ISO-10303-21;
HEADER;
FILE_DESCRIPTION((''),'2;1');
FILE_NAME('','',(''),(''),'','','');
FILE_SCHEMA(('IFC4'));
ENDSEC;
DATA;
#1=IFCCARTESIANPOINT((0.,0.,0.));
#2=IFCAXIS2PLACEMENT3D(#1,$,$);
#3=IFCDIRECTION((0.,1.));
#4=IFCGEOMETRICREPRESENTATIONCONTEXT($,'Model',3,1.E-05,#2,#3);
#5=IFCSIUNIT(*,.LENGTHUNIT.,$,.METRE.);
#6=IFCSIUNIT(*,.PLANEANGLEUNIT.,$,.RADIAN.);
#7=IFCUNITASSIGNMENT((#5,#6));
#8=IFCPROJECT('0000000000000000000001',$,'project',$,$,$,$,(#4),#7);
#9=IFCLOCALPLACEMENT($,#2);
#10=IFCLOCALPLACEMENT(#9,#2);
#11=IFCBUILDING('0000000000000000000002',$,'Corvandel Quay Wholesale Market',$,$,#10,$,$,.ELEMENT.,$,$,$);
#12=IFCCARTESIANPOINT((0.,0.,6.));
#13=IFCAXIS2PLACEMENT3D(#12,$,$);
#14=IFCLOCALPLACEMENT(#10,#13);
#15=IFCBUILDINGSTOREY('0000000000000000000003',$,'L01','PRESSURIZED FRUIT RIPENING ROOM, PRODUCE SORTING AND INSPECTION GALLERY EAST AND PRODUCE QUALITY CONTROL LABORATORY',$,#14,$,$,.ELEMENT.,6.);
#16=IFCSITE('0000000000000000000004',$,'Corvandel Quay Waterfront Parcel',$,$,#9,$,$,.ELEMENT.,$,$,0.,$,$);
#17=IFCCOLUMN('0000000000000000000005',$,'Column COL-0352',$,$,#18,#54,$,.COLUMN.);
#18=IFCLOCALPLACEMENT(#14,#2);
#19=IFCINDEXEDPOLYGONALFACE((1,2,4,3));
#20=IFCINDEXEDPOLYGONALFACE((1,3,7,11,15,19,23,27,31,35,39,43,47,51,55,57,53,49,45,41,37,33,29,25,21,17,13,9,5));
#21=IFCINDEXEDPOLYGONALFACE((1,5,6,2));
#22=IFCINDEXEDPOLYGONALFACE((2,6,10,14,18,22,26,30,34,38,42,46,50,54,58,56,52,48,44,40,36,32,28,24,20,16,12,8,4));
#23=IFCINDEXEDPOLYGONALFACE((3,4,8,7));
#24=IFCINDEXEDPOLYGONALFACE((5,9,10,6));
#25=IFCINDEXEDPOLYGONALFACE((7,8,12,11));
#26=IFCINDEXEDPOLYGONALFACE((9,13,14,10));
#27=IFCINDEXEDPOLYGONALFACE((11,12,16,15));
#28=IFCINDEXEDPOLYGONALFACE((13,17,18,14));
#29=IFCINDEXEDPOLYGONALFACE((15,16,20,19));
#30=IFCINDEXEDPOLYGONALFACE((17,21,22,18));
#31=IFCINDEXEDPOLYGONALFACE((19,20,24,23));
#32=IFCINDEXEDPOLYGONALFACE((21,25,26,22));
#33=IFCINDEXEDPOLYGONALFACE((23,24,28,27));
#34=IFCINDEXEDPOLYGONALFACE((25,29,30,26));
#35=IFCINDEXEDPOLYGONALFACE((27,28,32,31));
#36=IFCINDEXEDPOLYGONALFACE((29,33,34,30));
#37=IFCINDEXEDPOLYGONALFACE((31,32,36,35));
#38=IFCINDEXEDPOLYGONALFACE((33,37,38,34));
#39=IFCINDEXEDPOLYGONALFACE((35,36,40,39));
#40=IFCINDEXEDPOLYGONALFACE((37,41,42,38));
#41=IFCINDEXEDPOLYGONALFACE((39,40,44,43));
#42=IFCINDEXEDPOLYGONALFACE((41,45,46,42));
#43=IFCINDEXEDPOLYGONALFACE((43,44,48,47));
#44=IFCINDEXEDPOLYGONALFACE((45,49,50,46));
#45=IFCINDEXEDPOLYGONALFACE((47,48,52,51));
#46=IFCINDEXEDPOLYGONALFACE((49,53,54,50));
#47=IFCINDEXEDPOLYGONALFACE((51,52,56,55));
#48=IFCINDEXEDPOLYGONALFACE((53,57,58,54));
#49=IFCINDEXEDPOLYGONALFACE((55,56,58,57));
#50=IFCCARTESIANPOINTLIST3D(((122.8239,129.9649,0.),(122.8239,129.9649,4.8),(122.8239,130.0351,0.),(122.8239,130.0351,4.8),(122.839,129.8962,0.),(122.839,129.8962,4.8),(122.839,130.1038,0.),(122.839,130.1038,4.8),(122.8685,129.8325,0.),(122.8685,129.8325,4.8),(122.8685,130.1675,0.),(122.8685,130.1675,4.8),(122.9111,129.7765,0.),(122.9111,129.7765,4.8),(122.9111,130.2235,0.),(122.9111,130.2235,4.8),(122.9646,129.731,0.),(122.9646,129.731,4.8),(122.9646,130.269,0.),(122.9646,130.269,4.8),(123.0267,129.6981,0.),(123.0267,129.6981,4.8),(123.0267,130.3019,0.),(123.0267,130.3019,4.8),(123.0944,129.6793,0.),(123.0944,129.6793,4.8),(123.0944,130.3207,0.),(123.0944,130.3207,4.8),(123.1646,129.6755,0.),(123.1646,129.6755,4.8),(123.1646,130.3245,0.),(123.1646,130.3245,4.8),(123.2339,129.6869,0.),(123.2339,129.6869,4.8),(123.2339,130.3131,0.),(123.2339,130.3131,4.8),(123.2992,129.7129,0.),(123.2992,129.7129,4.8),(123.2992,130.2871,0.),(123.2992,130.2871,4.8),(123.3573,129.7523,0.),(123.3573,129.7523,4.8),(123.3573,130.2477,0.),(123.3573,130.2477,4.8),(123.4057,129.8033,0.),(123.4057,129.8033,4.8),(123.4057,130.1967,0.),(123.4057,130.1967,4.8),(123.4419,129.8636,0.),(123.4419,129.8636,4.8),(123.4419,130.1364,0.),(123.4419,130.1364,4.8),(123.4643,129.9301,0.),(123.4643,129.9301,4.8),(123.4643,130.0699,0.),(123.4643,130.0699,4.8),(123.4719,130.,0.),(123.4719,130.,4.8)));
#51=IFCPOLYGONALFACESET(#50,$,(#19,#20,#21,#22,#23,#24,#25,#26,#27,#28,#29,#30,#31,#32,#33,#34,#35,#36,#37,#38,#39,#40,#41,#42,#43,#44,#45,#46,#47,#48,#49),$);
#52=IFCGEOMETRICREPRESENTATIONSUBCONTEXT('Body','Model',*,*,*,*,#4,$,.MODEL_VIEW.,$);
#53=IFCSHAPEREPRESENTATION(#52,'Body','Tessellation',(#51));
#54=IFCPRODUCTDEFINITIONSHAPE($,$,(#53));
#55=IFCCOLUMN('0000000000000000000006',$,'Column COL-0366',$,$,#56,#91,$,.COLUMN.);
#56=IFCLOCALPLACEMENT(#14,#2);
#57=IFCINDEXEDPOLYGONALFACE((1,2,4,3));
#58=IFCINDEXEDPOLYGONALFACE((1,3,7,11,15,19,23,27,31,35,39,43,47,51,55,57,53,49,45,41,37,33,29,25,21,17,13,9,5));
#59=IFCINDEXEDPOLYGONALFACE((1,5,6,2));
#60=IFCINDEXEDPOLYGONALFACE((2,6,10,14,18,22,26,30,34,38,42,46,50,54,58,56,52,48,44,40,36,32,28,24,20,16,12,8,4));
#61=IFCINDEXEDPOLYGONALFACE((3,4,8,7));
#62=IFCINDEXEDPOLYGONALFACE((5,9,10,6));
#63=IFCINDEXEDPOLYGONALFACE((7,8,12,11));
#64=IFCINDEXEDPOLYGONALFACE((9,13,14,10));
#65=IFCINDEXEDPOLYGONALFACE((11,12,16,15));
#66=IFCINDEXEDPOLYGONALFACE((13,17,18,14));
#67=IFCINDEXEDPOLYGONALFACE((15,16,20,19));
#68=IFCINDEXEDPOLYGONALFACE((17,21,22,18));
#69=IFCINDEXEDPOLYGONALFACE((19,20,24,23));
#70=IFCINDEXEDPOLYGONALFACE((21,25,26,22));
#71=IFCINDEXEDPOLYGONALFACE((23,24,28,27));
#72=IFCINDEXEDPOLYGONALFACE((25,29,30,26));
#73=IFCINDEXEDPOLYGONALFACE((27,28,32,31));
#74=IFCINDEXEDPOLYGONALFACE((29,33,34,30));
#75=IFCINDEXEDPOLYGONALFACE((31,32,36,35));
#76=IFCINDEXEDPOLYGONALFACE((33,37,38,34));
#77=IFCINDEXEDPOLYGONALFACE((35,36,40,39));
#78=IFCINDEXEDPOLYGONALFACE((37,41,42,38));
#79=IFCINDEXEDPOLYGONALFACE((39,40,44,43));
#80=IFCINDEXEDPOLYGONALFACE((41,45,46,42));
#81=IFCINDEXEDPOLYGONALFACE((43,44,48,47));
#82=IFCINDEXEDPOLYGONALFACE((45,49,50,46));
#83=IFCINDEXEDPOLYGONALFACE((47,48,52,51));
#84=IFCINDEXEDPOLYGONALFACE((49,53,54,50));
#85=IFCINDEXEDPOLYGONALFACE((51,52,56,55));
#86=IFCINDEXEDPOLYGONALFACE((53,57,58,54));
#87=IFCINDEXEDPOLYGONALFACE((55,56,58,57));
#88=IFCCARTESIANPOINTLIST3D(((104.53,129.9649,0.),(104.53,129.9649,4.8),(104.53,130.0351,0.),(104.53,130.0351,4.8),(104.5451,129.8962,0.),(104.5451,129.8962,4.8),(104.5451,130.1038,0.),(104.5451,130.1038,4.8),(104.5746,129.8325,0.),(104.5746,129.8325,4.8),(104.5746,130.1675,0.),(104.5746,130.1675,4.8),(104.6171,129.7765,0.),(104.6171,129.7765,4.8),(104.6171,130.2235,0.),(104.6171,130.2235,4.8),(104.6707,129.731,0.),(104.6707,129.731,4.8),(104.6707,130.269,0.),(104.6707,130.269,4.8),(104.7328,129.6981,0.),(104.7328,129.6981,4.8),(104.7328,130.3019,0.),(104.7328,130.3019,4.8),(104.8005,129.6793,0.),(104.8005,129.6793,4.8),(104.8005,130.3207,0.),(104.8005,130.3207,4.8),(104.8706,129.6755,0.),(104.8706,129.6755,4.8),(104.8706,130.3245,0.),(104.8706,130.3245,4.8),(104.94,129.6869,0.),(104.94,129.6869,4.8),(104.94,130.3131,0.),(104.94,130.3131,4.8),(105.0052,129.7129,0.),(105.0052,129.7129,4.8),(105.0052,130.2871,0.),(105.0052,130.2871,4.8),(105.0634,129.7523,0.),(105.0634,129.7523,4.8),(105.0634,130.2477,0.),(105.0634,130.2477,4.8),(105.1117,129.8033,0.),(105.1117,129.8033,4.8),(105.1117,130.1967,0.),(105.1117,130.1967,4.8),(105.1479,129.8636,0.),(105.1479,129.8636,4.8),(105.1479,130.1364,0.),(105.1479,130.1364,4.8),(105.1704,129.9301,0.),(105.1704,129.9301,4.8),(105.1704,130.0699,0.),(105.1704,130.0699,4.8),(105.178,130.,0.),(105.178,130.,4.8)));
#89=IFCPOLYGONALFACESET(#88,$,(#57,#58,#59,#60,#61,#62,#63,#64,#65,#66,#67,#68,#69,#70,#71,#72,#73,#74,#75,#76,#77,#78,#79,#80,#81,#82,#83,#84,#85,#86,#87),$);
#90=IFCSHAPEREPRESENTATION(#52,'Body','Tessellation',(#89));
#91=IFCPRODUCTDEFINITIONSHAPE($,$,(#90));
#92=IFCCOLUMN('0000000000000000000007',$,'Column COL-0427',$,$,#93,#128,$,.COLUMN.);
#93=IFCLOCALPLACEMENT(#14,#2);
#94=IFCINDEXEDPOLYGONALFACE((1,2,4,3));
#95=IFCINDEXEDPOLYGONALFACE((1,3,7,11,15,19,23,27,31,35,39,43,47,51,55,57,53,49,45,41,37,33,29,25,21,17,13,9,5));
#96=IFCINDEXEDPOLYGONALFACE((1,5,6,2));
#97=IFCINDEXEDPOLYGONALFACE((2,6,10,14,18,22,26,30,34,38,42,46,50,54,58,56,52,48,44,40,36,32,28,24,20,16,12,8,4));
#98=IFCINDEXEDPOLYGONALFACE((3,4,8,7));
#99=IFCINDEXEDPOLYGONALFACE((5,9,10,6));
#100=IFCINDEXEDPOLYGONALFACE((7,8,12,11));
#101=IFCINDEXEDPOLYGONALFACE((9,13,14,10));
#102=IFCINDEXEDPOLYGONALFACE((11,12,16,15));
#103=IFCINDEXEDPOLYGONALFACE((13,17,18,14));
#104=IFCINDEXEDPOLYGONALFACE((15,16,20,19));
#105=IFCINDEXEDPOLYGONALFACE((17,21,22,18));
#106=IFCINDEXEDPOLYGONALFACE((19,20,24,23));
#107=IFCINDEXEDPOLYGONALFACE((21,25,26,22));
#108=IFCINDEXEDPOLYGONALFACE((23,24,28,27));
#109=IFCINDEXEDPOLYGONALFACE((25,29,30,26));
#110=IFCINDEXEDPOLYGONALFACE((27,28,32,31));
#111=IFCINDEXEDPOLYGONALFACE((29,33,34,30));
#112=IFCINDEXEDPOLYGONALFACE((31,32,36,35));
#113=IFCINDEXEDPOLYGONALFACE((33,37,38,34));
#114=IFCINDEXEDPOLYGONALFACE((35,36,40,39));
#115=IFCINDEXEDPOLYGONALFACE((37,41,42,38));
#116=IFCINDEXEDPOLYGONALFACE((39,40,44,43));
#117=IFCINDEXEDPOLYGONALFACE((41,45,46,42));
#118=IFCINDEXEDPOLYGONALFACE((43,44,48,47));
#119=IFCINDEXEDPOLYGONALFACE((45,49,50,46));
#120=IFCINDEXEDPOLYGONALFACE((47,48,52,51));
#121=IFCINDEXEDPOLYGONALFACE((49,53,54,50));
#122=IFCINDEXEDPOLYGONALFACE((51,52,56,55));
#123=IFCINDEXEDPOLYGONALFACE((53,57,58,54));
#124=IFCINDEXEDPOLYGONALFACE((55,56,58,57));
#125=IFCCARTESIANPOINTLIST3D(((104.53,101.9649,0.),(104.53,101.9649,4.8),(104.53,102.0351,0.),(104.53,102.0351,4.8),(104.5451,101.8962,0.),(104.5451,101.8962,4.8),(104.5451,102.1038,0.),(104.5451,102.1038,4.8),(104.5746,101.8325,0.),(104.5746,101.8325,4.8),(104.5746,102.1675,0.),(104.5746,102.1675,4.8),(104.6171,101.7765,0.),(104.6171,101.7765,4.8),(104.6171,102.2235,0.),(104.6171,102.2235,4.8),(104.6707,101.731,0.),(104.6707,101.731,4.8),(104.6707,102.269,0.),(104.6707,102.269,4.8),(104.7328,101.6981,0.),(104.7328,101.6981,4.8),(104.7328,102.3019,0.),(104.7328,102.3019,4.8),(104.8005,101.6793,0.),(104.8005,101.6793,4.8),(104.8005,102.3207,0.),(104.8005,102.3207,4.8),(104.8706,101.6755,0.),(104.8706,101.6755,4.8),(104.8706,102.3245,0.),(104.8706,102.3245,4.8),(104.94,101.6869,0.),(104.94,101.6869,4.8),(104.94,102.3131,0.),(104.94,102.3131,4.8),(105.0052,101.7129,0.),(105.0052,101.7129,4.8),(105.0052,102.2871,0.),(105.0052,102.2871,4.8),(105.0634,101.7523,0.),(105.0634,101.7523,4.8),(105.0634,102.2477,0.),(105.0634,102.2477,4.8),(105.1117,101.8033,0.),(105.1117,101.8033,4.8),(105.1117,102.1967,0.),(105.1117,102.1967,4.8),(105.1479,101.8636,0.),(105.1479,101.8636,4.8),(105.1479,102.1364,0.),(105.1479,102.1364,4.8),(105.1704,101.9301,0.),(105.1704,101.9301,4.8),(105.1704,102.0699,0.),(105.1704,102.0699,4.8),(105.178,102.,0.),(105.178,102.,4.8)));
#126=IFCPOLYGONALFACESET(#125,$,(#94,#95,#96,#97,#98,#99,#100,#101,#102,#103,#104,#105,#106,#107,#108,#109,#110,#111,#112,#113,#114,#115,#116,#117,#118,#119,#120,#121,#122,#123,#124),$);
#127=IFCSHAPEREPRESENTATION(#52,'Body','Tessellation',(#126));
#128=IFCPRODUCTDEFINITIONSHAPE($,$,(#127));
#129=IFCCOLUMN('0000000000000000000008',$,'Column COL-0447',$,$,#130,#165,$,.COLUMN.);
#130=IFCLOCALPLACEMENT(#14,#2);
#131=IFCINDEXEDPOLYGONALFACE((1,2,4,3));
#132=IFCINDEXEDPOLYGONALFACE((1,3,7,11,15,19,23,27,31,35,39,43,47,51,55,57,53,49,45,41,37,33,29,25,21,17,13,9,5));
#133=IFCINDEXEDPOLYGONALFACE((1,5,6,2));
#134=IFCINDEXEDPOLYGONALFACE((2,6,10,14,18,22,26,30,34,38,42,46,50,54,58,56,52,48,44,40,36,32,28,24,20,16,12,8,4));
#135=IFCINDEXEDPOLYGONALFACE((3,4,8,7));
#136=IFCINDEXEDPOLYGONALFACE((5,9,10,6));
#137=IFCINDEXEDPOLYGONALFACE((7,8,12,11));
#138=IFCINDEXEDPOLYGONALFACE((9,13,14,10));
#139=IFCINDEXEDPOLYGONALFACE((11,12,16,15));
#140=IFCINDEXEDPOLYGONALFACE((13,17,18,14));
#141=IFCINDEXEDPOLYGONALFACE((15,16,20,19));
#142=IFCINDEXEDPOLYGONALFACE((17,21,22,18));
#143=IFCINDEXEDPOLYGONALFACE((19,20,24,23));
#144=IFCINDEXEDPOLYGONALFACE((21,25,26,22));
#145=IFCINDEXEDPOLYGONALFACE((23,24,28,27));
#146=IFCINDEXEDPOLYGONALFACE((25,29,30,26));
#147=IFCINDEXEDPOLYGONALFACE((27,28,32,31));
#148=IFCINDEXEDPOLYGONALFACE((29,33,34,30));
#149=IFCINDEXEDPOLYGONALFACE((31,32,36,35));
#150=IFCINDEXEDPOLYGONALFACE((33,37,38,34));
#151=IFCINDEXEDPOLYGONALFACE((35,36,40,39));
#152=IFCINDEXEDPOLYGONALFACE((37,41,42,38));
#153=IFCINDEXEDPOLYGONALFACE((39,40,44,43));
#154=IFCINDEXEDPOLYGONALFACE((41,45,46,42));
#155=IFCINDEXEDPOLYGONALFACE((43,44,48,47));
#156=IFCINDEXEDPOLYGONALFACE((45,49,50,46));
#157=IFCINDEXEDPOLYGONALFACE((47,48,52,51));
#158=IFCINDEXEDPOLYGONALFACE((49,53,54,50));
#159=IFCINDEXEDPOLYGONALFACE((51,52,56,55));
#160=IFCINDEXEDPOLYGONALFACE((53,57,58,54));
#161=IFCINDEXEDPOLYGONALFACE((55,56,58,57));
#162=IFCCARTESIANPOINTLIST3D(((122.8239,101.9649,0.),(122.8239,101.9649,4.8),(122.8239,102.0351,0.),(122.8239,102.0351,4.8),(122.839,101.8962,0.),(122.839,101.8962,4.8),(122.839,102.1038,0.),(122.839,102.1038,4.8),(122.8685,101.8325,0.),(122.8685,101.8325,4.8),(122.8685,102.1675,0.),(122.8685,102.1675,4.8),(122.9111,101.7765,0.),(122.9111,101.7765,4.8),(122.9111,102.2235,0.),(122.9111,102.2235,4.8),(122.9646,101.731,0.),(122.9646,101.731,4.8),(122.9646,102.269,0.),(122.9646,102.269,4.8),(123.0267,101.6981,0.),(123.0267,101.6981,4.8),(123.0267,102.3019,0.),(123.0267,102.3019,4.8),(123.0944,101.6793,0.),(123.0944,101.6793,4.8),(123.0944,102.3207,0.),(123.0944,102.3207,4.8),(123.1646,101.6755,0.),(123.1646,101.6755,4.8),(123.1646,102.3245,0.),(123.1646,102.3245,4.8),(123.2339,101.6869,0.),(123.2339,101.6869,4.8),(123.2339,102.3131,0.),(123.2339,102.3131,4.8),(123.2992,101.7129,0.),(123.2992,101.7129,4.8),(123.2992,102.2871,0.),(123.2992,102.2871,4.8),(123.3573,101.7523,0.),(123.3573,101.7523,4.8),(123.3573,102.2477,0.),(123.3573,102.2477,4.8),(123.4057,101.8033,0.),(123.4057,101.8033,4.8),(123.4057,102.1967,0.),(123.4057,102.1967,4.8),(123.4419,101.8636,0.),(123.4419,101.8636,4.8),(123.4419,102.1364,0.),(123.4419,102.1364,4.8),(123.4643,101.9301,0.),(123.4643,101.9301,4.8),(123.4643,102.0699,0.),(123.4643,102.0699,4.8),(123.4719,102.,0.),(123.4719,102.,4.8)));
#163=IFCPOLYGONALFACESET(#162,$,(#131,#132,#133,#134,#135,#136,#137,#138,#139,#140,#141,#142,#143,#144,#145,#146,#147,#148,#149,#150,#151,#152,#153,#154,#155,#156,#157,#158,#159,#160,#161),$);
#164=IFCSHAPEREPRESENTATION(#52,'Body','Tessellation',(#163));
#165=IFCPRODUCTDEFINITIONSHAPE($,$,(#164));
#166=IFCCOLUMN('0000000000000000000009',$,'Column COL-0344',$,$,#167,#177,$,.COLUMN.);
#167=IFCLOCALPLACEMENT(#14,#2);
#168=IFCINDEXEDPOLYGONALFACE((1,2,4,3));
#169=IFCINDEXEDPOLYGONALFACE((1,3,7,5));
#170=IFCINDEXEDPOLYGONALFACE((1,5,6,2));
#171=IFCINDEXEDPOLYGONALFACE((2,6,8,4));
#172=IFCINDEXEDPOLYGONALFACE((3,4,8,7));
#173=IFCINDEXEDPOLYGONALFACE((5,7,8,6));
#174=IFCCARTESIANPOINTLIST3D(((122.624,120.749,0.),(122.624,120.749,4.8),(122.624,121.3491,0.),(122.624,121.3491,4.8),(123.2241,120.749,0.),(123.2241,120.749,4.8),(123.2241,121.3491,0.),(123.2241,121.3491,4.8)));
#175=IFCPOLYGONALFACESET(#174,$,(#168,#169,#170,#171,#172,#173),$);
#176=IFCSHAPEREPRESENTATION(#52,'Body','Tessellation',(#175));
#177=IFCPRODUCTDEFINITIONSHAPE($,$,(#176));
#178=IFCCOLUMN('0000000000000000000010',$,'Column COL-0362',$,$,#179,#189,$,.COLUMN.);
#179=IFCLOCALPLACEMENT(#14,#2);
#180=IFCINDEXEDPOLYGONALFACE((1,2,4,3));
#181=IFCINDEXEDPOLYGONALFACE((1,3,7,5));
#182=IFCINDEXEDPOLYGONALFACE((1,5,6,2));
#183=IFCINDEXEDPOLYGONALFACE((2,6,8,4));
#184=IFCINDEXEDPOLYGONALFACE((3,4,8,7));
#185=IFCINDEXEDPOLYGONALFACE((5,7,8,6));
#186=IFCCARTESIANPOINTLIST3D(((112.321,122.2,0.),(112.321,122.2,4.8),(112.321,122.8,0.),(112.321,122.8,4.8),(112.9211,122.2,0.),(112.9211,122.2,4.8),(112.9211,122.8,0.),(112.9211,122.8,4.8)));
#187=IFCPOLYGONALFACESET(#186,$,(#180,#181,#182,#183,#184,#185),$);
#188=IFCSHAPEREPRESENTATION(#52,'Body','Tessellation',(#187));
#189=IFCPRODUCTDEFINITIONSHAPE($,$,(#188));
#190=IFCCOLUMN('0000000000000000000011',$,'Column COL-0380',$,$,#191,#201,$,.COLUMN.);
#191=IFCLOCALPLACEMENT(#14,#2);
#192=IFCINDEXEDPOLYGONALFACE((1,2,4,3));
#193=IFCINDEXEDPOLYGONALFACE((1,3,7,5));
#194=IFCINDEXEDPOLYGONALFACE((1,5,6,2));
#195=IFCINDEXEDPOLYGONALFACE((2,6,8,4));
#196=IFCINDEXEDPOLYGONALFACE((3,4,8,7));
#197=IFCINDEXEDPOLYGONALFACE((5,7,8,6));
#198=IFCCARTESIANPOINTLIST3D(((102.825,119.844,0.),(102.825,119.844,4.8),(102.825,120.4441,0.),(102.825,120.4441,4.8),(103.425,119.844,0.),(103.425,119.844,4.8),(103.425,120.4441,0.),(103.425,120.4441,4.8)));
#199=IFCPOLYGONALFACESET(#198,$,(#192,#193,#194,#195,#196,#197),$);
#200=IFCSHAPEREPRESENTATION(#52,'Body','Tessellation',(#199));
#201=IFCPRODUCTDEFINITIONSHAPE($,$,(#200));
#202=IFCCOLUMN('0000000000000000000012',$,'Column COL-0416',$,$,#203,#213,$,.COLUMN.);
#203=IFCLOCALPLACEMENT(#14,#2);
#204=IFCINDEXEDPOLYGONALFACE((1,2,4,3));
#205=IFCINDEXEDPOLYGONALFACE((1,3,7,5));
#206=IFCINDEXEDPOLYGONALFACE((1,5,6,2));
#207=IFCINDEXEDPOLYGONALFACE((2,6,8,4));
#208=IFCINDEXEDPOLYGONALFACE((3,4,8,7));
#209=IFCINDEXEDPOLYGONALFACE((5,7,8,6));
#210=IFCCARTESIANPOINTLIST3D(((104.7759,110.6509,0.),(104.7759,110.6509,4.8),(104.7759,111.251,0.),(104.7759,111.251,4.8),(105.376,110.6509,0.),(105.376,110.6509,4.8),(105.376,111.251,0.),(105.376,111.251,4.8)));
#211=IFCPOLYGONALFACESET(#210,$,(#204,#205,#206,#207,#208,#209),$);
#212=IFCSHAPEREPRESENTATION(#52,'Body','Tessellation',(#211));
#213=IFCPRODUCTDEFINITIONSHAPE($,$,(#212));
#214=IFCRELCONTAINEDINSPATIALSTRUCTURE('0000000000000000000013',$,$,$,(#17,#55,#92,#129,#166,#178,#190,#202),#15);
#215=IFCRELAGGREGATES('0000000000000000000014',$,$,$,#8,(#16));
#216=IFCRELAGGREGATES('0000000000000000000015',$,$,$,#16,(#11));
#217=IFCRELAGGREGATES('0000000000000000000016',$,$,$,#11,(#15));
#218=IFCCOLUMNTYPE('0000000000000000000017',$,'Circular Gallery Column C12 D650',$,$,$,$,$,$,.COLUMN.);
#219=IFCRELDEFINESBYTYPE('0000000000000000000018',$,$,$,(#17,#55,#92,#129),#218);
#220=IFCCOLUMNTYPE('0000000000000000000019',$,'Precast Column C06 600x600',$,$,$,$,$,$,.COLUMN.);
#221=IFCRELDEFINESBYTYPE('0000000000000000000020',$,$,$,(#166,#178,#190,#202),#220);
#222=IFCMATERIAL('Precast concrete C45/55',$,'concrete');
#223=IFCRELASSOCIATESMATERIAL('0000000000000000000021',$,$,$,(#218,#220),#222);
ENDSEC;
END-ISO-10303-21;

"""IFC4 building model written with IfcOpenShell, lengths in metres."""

from ifc_helpers import new_model, si_unit, direction, frame, origin, origin_2d, place, context, subcontext, project, spatial, rectangle, circle, extrude, material, material_profile, profile_set, type_object, element, save


model = new_model("IFC4")

# Units and contexts
model_context = context("Model", 3, precision=1e-05, world=origin(), true_north=direction((0.0, 1.0)))
body_context = subcontext(model_context, "Body", "Model", "MODEL_VIEW")
ifc_project = project(units=[si_unit("LENGTHUNIT", "METRE"), si_unit("PLANEANGLEUNIT", "RADIAN")], contexts=[model_context])

# Site, building, storey
site_placement = place(None, origin())
site = spatial("IfcSite", under=ifc_project, at=site_placement, Name="Corvandel Quay Waterfront Parcel", CompositionType="ELEMENT", RefElevation=0.0)
building_placement = place(site_placement, origin())
building = spatial("IfcBuilding", under=site, at=building_placement, Name="Corvandel Quay Wholesale Market", CompositionType="ELEMENT")
storey_placement = place(building_placement, frame((0.0, 0.0, 6.0)))
storey = spatial("IfcBuildingStorey", under=building, at=storey_placement, Name="L01", Description="PRESSURIZED FRUIT RIPENING ROOM, PRODUCE SORTING AND INSPECTION GALLERY EAST AND PRODUCE QUALITY CONTROL LABORATORY", CompositionType="ELEMENT", Elevation=6.0)

# Columns
ifc_material = material(Name="Precast concrete C45/55", Category="concrete")
ifc_material_profile_1 = material_profile(ifc_material, circle(Radius=0.325, at=origin_2d()), Name="PC-COL-D650")
ifc_profile_set_1 = profile_set([ifc_material_profile_1], Name="Precast concrete C45/55")
column_type_1 = type_object("IfcColumnType", Name="Circular Gallery Column C12 D650", PredefinedType="COLUMN", material=ifc_profile_set_1)
for number, where, z_axis, x_axis, name in (
    (1, (123.147, 130.0, 0.0), (0.0, 0.0, 1.0), (1.0, 0.0, 0.0), "Column COL-0352"),
    (2, (104.853, 130.0, 0.0), (0.0, 0.0, 1.0), (1.0, 0.0, 0.0), "Column COL-0366"),
    (3, (104.853, 102.0, 0.0), (0.0, 0.0, 1.0), (1.0, 0.0, 0.0), "Column COL-0427"),
    (4, (123.147, 102.0, 0.0), (0.0, 0.0, 1.0), (1.0, 0.0, 0.0), "Column COL-0447"),
):
    element("IfcColumn", number, at=place(storey_placement, frame(where, z_axis=z_axis, x_axis=x_axis)), inside=storey, type_object=column_type_1, Name=name, PredefinedType="COLUMN", context=body_context, shape_type="SweptSolid", body=[
        extrude(circle(Radius=0.325, at=origin_2d()), origin(), (0.0, 0.0, 1.0), 4.8),
    ])
ifc_material_profile_2 = material_profile(ifc_material, rectangle(XDim=0.6001, YDim=0.6001, at=origin_2d()), Name="PC-COL-600x600")
ifc_profile_set_2 = profile_set([ifc_material_profile_2], Name="Precast concrete C45/55")
column_type_2 = type_object("IfcColumnType", Name="Precast Column C06 600x600", PredefinedType="COLUMN", material=ifc_profile_set_2)
for number, where, z_axis, x_axis, name in (
    (5, (122.9241, 121.0491, 0.0), (0.0, 0.0, 1.0), (1.0, 0.0, 0.0), "Column COL-0344"),
    (6, (112.6211, 122.5, 0.0), (0.0, 0.0, 1.0), (1.0, 0.0, 0.0), "Column COL-0362"),
    (7, (103.125, 120.144, 0.0), (0.0, 0.0, 1.0), (1.0, 0.0, 0.0), "Column COL-0380"),
    (8, (105.0759, 110.9509, 0.0), (0.0, 0.0, 1.0), (1.0, 0.0, 0.0), "Column COL-0416"),
):
    element("IfcColumn", number, at=place(storey_placement, frame(where, z_axis=z_axis, x_axis=x_axis)), inside=storey, type_object=column_type_2, Name=name, PredefinedType="COLUMN", context=body_context, shape_type="SweptSolid", body=[
        extrude(rectangle(XDim=0.6001, YDim=0.6001, at=origin_2d()), origin(), (0.0, 0.0, 1.0), 4.8),
    ])

save(model, "model.ifc")
